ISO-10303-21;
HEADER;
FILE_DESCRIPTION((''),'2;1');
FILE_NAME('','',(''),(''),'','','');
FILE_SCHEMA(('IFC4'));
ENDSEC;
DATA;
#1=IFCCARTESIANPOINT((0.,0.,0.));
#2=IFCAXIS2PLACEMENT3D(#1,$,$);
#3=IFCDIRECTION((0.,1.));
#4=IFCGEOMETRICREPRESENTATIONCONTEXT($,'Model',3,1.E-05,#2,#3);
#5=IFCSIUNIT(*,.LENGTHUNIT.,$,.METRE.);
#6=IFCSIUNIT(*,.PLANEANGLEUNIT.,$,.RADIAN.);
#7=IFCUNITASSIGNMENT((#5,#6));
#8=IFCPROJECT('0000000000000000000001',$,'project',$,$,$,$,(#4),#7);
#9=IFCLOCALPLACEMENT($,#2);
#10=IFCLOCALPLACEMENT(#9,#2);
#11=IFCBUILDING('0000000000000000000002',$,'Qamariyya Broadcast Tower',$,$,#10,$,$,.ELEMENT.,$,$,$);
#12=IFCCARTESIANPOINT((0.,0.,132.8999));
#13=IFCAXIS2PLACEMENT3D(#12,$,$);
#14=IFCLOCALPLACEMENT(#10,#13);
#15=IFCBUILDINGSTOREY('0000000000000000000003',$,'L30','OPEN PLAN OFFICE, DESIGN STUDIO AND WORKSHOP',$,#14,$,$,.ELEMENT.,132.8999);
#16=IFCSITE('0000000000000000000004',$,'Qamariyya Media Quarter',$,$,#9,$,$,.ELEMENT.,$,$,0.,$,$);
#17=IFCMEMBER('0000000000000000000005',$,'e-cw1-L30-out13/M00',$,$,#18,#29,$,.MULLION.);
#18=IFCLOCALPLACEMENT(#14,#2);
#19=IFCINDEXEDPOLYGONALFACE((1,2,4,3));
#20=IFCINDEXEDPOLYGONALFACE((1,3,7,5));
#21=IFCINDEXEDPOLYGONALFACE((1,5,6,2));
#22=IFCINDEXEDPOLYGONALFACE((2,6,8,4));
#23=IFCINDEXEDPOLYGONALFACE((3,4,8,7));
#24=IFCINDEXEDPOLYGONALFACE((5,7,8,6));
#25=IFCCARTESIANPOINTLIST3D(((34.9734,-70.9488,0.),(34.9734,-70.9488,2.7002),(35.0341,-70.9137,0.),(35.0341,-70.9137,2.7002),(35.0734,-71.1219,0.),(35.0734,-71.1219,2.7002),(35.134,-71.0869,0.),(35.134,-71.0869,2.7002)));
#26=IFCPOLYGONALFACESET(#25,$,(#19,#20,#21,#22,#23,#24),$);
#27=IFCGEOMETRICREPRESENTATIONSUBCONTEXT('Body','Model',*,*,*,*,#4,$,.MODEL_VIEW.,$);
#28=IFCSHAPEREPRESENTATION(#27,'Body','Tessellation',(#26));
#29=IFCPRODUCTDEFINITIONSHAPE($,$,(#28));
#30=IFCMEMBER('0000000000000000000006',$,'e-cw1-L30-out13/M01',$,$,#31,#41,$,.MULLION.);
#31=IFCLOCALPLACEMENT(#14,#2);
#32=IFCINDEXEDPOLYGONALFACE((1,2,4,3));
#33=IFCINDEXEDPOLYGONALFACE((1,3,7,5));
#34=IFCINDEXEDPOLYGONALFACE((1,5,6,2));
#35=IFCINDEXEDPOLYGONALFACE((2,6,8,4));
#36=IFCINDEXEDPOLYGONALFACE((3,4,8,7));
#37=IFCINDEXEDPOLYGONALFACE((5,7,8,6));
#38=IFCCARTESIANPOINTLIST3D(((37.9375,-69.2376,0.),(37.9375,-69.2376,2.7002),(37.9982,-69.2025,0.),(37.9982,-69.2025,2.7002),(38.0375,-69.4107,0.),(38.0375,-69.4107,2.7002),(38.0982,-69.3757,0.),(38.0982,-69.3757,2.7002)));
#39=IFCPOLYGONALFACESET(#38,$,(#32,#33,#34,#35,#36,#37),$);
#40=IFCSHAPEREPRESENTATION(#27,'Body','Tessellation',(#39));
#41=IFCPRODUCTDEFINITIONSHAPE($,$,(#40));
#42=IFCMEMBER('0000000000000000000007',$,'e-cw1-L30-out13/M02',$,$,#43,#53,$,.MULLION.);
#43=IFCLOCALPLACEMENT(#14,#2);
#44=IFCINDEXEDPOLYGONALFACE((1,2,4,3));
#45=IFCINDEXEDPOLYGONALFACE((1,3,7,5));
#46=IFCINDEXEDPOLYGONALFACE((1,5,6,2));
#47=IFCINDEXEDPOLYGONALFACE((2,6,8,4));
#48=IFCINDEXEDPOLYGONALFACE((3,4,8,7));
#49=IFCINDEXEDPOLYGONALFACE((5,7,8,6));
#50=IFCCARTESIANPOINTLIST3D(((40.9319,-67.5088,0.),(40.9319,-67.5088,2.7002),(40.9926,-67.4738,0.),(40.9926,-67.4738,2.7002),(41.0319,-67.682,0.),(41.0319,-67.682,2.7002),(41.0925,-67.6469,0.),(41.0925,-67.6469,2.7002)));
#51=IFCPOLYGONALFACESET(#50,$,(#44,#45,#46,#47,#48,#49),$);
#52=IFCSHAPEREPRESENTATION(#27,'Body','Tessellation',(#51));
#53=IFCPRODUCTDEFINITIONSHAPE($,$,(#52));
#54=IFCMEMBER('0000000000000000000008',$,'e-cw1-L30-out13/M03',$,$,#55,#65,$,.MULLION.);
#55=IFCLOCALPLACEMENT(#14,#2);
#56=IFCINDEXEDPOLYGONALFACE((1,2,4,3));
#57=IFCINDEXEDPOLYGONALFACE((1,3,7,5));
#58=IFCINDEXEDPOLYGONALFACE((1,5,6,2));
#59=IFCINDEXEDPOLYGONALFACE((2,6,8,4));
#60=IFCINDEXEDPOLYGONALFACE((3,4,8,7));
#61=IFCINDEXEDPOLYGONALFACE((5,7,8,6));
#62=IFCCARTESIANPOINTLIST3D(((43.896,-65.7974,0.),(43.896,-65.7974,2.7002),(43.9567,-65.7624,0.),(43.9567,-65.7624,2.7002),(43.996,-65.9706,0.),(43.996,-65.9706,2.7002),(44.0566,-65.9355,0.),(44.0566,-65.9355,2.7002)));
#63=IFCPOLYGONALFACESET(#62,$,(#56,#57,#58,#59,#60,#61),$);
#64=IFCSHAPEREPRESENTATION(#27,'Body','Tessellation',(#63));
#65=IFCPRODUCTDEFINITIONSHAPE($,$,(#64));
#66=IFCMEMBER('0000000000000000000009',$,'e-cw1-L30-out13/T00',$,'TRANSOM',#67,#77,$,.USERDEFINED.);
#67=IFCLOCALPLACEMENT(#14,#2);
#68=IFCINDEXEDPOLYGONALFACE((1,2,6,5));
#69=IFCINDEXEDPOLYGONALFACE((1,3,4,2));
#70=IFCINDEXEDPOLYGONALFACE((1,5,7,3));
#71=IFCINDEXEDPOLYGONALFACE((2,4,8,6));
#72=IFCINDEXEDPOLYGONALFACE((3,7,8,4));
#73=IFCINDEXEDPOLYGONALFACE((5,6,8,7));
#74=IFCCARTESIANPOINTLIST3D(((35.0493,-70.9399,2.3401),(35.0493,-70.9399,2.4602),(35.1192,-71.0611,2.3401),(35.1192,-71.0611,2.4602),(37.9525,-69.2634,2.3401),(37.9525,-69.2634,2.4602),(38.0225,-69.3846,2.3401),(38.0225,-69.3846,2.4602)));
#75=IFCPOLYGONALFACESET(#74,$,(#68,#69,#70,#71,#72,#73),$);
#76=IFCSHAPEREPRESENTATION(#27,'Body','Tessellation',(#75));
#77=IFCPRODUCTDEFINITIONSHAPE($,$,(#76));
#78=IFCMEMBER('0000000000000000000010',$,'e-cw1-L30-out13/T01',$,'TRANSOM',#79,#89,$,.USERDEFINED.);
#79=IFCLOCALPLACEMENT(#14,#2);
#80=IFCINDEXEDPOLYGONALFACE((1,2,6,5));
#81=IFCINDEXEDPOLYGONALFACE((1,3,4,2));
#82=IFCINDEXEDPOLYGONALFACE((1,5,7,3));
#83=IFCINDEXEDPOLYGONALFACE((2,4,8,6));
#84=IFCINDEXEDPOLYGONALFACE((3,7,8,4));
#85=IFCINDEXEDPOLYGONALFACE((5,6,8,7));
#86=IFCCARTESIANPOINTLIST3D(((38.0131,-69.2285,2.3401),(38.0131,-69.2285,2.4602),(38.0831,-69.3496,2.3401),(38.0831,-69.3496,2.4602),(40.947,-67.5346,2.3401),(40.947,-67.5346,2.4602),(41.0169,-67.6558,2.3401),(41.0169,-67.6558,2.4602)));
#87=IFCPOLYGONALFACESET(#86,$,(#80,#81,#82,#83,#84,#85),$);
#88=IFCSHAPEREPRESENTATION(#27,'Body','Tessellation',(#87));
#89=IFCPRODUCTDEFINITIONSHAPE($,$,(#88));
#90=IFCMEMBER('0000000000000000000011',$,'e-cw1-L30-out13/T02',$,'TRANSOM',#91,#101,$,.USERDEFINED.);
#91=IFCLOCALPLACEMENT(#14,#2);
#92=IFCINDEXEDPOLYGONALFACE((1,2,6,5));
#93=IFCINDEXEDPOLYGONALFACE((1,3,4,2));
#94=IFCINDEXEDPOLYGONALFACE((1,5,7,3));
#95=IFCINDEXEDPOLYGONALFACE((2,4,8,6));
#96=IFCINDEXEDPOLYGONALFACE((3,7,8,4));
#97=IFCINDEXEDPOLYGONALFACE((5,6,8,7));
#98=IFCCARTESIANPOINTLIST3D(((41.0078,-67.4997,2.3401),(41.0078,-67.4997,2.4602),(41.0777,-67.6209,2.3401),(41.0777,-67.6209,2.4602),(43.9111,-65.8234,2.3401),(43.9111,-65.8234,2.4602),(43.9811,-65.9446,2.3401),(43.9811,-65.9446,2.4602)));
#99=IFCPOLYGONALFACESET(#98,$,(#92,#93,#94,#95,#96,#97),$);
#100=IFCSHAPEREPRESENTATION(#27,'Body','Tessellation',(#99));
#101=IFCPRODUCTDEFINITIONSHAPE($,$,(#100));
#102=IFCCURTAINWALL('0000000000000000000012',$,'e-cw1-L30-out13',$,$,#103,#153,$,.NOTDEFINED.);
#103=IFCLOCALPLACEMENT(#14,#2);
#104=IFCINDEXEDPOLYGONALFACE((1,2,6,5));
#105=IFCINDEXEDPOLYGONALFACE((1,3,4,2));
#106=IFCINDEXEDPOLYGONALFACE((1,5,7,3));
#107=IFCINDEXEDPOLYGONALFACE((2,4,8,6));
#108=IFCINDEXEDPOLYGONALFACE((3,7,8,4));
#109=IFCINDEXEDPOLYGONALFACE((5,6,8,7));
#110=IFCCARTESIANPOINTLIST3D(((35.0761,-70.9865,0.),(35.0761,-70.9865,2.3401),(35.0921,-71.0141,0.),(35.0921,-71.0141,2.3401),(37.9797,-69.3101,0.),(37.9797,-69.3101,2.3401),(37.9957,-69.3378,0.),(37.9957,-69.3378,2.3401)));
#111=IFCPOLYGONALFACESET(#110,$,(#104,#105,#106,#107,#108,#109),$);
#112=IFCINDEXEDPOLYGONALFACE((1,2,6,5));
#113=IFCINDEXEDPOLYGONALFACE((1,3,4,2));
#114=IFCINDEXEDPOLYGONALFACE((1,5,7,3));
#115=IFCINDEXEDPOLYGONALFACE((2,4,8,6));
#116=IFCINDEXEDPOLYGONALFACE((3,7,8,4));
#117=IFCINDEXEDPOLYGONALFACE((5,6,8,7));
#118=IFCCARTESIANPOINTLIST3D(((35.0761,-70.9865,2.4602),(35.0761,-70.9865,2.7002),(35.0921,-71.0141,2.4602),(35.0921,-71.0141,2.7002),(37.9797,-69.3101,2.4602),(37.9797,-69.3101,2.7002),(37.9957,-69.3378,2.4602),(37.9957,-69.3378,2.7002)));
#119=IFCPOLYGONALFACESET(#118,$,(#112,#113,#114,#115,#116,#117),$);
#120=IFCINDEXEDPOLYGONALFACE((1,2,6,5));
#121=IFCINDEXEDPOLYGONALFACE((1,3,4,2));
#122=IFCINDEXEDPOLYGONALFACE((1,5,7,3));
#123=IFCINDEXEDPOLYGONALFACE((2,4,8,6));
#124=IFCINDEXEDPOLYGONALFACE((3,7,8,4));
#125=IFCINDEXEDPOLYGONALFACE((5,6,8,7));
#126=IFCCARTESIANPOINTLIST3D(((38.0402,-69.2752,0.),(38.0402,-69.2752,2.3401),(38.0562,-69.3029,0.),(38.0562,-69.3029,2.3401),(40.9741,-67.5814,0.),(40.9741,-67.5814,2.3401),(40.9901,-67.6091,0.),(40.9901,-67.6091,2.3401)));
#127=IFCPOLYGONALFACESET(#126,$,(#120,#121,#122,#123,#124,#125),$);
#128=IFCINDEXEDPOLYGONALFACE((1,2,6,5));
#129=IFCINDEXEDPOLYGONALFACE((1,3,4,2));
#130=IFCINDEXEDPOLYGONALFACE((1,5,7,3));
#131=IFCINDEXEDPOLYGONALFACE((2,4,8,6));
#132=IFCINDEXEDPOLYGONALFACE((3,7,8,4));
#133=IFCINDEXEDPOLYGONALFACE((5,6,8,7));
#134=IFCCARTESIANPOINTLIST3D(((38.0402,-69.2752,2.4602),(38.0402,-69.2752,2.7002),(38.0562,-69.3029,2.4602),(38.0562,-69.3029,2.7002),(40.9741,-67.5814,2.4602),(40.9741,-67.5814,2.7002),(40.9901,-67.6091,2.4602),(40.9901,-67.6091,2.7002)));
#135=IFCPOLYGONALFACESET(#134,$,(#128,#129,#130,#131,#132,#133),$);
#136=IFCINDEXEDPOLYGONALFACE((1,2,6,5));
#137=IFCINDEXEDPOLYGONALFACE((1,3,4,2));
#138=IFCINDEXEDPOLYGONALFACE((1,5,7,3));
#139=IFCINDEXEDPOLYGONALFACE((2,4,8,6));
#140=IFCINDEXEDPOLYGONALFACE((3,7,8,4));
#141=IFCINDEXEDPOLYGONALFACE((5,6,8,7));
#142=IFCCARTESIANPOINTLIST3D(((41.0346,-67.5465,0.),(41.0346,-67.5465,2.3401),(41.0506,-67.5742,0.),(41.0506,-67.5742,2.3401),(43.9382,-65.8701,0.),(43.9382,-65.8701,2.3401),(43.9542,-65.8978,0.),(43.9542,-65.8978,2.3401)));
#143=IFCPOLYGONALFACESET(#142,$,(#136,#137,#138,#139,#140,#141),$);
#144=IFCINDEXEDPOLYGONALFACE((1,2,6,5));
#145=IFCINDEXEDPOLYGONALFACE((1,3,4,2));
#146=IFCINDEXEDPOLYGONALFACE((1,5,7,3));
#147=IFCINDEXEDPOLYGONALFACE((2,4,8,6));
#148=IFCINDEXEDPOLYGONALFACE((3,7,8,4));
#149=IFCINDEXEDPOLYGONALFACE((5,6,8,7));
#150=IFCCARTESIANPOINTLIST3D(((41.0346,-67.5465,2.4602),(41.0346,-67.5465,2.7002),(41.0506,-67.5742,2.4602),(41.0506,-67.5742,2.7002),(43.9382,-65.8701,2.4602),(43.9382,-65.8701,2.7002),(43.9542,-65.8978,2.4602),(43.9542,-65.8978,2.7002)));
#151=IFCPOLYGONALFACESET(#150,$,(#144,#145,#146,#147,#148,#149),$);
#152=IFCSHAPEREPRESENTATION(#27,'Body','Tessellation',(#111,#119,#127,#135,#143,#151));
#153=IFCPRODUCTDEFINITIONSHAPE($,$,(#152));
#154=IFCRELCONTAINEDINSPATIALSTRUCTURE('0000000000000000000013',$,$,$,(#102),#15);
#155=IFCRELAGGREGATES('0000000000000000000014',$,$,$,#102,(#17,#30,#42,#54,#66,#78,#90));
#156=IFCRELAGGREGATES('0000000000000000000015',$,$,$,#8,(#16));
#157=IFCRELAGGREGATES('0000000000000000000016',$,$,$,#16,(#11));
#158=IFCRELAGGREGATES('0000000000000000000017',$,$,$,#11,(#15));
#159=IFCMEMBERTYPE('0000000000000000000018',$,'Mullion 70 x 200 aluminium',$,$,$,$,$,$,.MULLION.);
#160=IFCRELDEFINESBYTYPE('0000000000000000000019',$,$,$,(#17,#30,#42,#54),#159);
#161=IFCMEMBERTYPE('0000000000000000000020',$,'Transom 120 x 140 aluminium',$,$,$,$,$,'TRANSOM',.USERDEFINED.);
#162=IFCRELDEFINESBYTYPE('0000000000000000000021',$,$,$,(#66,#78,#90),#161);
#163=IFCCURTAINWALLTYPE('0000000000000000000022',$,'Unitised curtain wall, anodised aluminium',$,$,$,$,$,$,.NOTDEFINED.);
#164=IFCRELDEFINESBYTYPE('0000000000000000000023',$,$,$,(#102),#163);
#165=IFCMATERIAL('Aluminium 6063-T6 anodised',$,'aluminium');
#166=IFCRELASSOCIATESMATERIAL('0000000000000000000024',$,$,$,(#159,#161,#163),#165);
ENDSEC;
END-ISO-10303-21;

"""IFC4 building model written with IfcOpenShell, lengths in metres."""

from ifc_helpers import new_model, si_unit, direction, frame, origin, origin_2d, place, context, subcontext, project, spatial, rectangle, extrude, material, material_profile, profile_set, type_object, element, aggregate, save


model = new_model("IFC4")

# Units and contexts
model_context = context("Model", 3, precision=1e-05, world=origin(), true_north=direction((0.0, 1.0)))
body_context = subcontext(model_context, "Body", "Model", "MODEL_VIEW")
ifc_project = project(units=[si_unit("LENGTHUNIT", "METRE"), si_unit("PLANEANGLEUNIT", "RADIAN")], contexts=[model_context])

# Members
ifc_material = material(Name="Aluminium 6063-T6 anodised", Category="aluminium")
ifc_material_profile_1 = material_profile(ifc_material, rectangle(XDim=0.2, YDim=0.0701, at=origin_2d()))
ifc_profile_set_1 = profile_set([ifc_material_profile_1], Name="Aluminium 6063-T6 anodised")
member_type_1 = type_object("IfcMemberType", Name="Mullion 70 x 200 aluminium", PredefinedType="MULLION", material=ifc_profile_set_1)
site_placement = place(None, origin())
building_placement = place(site_placement, origin())
storey_placement = place(building_placement, frame((0.0, 0.0, 132.8999)))
member_1_placement = place(storey_placement, frame((35.0537, -71.0178, 0.0), z_axis=(0.0, 0.0, 1.0), x_axis=(-0.5, 0.866025, 0.0)))
member_1 = element("IfcMember", 1, at=member_1_placement, type_object=member_type_1, Name="e-cw1-L30-out13/M00", PredefinedType="MULLION", context=body_context, shape_type="SweptSolid", body=[
    extrude(rectangle(XDim=0.2, YDim=0.0701, at=origin_2d()), origin(), (0.0, 0.0, 1.0), 2.7002),
])
member_2_placement = place(storey_placement, frame((38.0178, -69.3066, 0.0), z_axis=(0.0, 0.0, 1.0), x_axis=(-0.5, 0.866025, 0.0)))
member_2 = element("IfcMember", 2, at=member_2_placement, type_object=member_type_1, Name="e-cw1-L30-out13/M01", PredefinedType="MULLION", context=body_context, shape_type="SweptSolid", body=[
    extrude(rectangle(XDim=0.2, YDim=0.0701, at=origin_2d()), origin(), (0.0, 0.0, 1.0), 2.7002),
])
member_3_placement = place(storey_placement, frame((41.0122, -67.5779, 0.0), z_axis=(0.0, 0.0, 1.0), x_axis=(-0.5, 0.866025, 0.0)))
member_3 = element("IfcMember", 3, at=member_3_placement, type_object=member_type_1, Name="e-cw1-L30-out13/M02", PredefinedType="MULLION", context=body_context, shape_type="SweptSolid", body=[
    extrude(rectangle(XDim=0.2, YDim=0.0701, at=origin_2d()), origin(), (0.0, 0.0, 1.0), 2.7002),
])
member_4_placement = place(storey_placement, frame((43.9763, -65.8665, 0.0), z_axis=(0.0, 0.0, 1.0), x_axis=(-0.5, 0.866025, 0.0)))
member_4 = element("IfcMember", 4, at=member_4_placement, type_object=member_type_1, Name="e-cw1-L30-out13/M03", PredefinedType="MULLION", context=body_context, shape_type="SweptSolid", body=[
    extrude(rectangle(XDim=0.2, YDim=0.0701, at=origin_2d()), origin(), (0.0, 0.0, 1.0), 2.7002),
])
ifc_material_profile_2 = material_profile(ifc_material, rectangle(XDim=0.1399, YDim=0.1201, at=origin_2d()))
ifc_profile_set_2 = profile_set([ifc_material_profile_2], Name="Aluminium 6063-T6 anodised")
member_type_2 = type_object("IfcMemberType", Name="Transom 120 x 140 aluminium", ElementType="TRANSOM", PredefinedType="USERDEFINED", material=ifc_profile_set_2)
member_5_placement = place(storey_placement, frame((35.0842, -71.0005, 2.4001), z_axis=(0.865989, 0.500063, 0.0), x_axis=(-0.500063, 0.865989, 0.0)))
member_5 = element("IfcMember", 5, at=member_5_placement, type_object=member_type_2, Name="e-cw1-L30-out13/T00", ObjectType="TRANSOM", PredefinedType="USERDEFINED", context=body_context, shape_type="SweptSolid", body=[
    extrude(rectangle(XDim=0.1399, YDim=0.1201, at=origin_2d()), origin(), (0.0, 0.0, 1.0), 3.3525),
])
member_6_placement = place(storey_placement, frame((38.0481, -69.2891, 2.4001), z_axis=(0.866026, 0.499999, 0.0), x_axis=(-0.499999, 0.866026, 0.0)))
member_6 = element("IfcMember", 6, at=member_6_placement, type_object=member_type_2, Name="e-cw1-L30-out13/T01", ObjectType="TRANSOM", PredefinedType="USERDEFINED", context=body_context, shape_type="SweptSolid", body=[
    extrude(rectangle(XDim=0.1399, YDim=0.1201, at=origin_2d()), origin(), (0.0, 0.0, 1.0), 3.3877),
])
member_7_placement = place(storey_placement, frame((41.0427, -67.5603, 2.4001), z_axis=(0.866021, 0.500008, 0.0), x_axis=(-0.500008, 0.866021, 0.0)))
member_7 = element("IfcMember", 7, at=member_7_placement, type_object=member_type_2, Name="e-cw1-L30-out13/T02", ObjectType="TRANSOM", PredefinedType="USERDEFINED", context=body_context, shape_type="SweptSolid", body=[
    extrude(rectangle(XDim=0.1399, YDim=0.1201, at=origin_2d()), origin(), (0.0, 0.0, 1.0), 3.3525),
])

# Site, building, storey
site = spatial("IfcSite", under=ifc_project, at=site_placement, Name="Qamariyya Media Quarter", CompositionType="ELEMENT", RefElevation=0.0)
building = spatial("IfcBuilding", under=site, at=building_placement, Name="Qamariyya Broadcast Tower", CompositionType="ELEMENT")
storey = spatial("IfcBuildingStorey", under=building, at=storey_placement, Name="L30", Description="OPEN PLAN OFFICE, DESIGN STUDIO AND WORKSHOP", CompositionType="ELEMENT", Elevation=132.8999)

# Curtain wall
curtain_wall_type = type_object("IfcCurtainWallType", Name="Unitised curtain wall, anodised aluminium", PredefinedType="NOTDEFINED", material=ifc_material)
curtain_wall_1_placement = place(storey_placement, origin())
curtain_wall_1 = element("IfcCurtainWall", 8, at=curtain_wall_1_placement, inside=storey, type_object=curtain_wall_type, Name="e-cw1-L30-out13", PredefinedType="NOTDEFINED", context=body_context, shape_type="SweptSolid", body=[
    extrude(rectangle(XDim=3.3528, YDim=0.032, at=origin_2d()), frame((36.5359, -70.1621, 0.0), x_axis=(0.866027, 0.499997, 0.0)), (0.0, 0.0, 1.0), 2.3401),
    extrude(rectangle(XDim=3.3528, YDim=0.032, at=origin_2d()), frame((36.5359, -70.1621, 2.4602), x_axis=(0.866027, 0.499997, 0.0)), (0.0, 0.0, 1.0), 0.24),
    extrude(rectangle(XDim=3.3877, YDim=0.032, at=origin_2d()), frame((39.5151, -68.4421, 0.0), x_axis=(0.866027, 0.499997, 0.0)), (0.0, 0.0, 1.0), 2.3401),
    extrude(rectangle(XDim=3.3877, YDim=0.032, at=origin_2d()), frame((39.5151, -68.4421, 2.4602), x_axis=(0.866027, 0.499997, 0.0)), (0.0, 0.0, 1.0), 0.24),
    extrude(rectangle(XDim=3.3528, YDim=0.032, at=origin_2d()), frame((42.4944, -66.7222, 0.0), x_axis=(0.866027, 0.499997, 0.0)), (0.0, 0.0, 1.0), 2.3401),
    extrude(rectangle(XDim=3.3528, YDim=0.032, at=origin_2d()), frame((42.4944, -66.7222, 2.4602), x_axis=(0.866027, 0.499997, 0.0)), (0.0, 0.0, 1.0), 0.24),
])
aggregate(curtain_wall_1, [member_1, member_2, member_3, member_4, member_5, member_6, member_7])

save(model, "model.ifc")
